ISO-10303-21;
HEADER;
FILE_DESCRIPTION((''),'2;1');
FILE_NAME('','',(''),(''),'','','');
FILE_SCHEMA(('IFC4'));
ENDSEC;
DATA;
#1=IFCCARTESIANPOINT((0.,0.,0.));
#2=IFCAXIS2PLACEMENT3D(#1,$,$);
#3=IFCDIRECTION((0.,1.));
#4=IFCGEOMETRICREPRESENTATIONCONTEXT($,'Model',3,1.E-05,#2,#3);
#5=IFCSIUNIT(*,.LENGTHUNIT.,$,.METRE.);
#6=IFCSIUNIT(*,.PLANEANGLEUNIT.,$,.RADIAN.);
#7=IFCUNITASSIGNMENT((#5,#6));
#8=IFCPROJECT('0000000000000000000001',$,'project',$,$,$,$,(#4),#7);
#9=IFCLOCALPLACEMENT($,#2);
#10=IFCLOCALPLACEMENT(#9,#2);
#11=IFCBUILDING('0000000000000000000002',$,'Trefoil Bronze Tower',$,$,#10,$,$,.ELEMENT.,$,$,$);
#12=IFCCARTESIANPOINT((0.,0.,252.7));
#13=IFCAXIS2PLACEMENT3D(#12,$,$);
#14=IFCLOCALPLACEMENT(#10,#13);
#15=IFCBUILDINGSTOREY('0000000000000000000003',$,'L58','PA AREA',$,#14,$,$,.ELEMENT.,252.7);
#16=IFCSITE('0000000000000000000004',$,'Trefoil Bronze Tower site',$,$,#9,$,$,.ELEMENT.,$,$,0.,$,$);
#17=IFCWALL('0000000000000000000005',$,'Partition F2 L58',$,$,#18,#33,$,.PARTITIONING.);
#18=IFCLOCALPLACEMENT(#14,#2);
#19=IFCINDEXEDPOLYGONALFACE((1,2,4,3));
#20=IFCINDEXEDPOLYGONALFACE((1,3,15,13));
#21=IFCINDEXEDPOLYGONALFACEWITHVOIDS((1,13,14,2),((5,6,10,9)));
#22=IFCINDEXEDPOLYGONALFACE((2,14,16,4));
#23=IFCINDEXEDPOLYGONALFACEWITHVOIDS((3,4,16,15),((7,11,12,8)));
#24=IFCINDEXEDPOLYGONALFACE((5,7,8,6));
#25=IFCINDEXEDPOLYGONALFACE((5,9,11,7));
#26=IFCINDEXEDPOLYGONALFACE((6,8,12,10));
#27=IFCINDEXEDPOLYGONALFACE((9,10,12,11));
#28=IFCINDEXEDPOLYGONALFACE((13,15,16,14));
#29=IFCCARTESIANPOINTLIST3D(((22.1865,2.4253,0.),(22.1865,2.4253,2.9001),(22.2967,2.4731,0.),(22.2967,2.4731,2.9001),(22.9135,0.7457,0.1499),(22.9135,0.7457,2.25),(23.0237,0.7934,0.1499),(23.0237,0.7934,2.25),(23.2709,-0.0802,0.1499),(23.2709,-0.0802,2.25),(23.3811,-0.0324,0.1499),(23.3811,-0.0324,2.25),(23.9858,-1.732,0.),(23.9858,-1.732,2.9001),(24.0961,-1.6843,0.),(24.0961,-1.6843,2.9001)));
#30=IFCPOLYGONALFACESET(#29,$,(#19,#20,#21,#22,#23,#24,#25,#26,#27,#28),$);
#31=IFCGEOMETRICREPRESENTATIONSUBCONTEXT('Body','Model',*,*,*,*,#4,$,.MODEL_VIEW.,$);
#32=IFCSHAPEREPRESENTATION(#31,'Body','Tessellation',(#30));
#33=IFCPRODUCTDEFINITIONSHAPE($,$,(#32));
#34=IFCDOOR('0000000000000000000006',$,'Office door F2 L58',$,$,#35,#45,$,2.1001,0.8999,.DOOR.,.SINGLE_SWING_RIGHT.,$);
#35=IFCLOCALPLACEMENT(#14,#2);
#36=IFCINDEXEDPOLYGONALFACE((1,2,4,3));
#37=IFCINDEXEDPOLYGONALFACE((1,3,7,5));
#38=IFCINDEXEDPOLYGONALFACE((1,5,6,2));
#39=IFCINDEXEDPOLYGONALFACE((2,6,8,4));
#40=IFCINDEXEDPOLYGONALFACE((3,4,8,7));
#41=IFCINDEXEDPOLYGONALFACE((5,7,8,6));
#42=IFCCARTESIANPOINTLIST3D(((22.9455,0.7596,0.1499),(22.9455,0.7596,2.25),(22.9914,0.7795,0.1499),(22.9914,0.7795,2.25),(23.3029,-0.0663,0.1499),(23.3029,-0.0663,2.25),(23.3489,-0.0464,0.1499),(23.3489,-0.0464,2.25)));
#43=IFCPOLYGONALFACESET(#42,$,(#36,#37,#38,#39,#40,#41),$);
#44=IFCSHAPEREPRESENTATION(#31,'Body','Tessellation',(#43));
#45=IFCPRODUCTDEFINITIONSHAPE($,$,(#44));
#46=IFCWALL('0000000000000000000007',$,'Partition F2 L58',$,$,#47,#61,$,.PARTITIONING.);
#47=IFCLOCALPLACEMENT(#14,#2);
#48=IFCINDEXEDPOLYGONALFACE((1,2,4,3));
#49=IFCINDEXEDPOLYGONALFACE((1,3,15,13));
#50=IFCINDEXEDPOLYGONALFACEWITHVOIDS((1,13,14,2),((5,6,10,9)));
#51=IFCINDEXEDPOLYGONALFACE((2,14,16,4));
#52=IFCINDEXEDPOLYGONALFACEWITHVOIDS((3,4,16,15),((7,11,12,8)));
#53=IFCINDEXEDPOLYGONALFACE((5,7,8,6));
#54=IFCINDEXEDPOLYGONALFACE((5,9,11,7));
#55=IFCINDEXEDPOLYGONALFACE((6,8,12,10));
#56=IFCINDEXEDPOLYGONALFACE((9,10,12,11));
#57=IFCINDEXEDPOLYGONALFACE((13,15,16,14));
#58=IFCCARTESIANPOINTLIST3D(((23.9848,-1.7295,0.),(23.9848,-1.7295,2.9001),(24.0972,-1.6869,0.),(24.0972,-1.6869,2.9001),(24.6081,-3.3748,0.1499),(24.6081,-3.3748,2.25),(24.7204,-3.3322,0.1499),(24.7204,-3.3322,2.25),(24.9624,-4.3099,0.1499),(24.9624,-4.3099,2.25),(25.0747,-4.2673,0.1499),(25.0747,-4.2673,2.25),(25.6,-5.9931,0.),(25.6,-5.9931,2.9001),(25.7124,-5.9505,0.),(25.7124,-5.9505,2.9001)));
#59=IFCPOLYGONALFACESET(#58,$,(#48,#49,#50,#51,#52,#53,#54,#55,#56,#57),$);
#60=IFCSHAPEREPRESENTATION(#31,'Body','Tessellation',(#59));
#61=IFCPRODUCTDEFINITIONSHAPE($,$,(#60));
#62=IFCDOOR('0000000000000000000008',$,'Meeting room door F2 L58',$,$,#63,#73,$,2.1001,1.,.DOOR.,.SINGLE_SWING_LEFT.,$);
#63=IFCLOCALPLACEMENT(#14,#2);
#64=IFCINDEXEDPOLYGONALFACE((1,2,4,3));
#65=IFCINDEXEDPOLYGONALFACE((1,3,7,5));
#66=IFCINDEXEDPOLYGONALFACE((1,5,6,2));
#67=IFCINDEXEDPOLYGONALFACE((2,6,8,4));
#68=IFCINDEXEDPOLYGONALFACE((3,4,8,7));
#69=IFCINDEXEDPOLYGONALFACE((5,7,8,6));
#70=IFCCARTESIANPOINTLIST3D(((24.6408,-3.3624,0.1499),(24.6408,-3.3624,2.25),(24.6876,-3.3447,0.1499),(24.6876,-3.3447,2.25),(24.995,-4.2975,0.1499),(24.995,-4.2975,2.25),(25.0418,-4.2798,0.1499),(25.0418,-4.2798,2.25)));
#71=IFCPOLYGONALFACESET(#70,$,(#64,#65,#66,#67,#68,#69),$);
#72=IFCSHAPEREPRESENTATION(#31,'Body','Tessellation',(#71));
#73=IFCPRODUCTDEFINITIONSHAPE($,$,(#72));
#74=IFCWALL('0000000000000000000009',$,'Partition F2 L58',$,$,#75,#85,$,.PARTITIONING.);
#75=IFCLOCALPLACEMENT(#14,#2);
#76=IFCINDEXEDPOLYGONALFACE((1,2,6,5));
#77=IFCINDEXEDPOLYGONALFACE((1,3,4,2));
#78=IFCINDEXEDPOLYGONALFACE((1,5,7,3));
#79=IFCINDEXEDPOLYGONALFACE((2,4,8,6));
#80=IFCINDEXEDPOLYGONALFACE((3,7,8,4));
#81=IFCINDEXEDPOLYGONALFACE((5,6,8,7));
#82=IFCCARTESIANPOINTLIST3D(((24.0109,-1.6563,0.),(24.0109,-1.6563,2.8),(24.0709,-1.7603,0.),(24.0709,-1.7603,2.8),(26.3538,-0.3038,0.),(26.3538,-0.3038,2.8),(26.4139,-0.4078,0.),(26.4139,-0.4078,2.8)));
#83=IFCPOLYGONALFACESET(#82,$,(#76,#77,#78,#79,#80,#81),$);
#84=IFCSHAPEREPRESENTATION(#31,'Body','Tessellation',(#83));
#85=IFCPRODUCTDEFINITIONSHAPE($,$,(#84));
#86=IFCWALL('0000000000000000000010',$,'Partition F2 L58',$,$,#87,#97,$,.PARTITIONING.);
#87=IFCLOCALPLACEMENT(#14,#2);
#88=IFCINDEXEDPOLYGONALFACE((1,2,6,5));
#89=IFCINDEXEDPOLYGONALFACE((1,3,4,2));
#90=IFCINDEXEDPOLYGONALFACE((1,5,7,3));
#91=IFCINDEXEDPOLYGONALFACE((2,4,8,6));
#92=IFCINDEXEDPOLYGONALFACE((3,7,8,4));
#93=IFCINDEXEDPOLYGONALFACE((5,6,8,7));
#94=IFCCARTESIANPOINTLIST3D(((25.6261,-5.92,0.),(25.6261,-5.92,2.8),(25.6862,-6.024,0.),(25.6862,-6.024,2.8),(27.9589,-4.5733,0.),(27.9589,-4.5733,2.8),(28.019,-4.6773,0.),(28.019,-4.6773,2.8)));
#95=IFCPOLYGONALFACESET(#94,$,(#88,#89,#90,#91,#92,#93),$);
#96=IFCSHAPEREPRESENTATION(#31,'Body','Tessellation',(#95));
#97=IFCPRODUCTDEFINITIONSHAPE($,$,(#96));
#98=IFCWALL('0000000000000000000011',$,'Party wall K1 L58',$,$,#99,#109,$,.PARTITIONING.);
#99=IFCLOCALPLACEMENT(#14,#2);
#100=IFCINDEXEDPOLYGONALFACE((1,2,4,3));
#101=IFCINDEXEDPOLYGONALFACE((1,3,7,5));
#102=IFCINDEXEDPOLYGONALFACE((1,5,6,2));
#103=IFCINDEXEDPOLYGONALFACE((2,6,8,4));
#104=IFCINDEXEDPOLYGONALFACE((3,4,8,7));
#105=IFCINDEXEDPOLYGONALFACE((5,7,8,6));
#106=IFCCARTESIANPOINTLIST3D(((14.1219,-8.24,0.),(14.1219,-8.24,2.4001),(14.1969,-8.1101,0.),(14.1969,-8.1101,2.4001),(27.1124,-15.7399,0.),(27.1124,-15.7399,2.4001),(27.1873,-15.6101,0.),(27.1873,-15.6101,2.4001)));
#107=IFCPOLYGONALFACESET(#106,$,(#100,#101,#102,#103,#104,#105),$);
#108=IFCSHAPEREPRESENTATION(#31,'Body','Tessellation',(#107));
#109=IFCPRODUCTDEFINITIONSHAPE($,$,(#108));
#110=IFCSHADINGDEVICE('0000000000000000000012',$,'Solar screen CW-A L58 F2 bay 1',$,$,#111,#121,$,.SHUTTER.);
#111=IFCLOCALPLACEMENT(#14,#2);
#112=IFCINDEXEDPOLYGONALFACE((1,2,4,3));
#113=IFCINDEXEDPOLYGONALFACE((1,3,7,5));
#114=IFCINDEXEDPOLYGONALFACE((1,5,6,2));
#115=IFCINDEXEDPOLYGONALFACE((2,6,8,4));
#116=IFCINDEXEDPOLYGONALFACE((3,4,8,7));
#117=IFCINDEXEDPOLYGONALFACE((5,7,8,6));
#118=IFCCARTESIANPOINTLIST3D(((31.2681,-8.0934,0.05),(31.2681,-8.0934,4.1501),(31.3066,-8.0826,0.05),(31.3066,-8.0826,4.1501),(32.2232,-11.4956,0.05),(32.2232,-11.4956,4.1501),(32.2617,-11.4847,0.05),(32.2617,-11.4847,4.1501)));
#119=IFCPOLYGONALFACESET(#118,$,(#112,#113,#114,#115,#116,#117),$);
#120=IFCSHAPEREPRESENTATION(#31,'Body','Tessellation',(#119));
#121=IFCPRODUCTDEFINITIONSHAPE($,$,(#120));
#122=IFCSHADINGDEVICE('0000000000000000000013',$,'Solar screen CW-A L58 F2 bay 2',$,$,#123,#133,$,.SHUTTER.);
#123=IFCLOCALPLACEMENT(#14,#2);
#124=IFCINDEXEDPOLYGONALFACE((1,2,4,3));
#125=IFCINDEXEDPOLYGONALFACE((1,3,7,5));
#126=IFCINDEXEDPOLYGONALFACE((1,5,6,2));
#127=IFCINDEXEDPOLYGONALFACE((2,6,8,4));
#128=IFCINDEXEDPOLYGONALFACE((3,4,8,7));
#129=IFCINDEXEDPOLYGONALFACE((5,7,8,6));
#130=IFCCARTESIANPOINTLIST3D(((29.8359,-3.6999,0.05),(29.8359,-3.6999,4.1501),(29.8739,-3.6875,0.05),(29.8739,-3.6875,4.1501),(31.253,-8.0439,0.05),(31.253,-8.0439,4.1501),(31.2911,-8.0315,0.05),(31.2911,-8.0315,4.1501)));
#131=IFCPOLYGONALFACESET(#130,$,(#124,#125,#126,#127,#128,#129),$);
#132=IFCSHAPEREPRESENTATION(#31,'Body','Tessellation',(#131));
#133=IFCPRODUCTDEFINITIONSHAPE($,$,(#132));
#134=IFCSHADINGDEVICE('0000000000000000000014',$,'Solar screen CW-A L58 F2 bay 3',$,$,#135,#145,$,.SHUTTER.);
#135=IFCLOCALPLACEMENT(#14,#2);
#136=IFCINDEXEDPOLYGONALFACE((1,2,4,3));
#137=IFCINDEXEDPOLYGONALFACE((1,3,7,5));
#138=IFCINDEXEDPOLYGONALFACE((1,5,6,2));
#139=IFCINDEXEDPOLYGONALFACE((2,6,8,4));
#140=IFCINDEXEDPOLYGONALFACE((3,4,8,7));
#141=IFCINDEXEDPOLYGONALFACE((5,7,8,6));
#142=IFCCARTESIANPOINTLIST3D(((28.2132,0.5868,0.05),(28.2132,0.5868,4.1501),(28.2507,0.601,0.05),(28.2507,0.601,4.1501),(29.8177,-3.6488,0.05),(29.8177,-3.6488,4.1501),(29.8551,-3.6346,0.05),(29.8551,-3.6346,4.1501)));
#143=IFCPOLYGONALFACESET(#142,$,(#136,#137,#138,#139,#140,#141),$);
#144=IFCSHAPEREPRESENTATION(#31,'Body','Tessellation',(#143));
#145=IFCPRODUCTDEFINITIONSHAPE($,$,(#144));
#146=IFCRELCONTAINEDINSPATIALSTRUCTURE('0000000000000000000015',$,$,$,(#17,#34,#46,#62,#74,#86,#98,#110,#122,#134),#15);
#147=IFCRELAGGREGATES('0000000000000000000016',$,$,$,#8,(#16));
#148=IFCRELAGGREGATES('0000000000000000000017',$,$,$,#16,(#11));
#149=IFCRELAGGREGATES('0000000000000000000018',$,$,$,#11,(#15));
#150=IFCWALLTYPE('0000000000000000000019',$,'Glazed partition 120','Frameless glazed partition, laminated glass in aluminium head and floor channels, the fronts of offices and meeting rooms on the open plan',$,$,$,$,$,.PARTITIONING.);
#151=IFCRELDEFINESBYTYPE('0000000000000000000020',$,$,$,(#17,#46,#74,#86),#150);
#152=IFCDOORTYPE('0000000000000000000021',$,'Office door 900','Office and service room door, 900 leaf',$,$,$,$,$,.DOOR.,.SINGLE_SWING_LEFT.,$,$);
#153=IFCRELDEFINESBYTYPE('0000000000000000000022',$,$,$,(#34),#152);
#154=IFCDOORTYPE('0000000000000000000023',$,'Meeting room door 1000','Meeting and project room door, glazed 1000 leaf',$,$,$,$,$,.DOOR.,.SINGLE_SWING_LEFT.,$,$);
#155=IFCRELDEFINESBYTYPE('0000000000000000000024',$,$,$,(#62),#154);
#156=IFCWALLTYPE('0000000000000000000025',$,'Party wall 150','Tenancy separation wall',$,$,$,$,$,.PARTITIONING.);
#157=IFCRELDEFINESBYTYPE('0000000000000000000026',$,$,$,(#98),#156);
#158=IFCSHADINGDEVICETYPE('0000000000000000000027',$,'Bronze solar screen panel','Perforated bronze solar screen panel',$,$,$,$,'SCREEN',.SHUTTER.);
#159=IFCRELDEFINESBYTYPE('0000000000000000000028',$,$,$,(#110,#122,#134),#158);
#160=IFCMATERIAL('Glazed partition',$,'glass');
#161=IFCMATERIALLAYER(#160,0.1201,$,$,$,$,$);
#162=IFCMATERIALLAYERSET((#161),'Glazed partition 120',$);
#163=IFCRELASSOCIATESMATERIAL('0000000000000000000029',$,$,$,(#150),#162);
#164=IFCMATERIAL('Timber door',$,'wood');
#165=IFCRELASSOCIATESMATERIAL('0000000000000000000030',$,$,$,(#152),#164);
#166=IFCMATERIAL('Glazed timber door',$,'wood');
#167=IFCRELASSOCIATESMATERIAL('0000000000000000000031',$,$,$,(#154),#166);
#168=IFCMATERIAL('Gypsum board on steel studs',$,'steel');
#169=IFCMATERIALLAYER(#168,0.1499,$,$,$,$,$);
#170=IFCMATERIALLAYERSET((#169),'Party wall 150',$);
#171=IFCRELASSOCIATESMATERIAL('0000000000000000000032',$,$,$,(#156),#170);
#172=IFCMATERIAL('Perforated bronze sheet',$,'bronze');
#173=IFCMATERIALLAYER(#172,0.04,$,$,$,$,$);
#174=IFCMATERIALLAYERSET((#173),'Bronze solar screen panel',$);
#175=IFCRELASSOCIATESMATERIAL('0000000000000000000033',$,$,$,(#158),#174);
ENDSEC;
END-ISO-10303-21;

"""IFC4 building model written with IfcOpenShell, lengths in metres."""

from ifc_helpers import new_model, si_unit, direction, frame, frame_2d, origin, origin_2d, place, context, subcontext, project, spatial, rectangle, extrude, material, layer, layer_set, type_object, element, fill, save


model = new_model("IFC4")

# Units and contexts
model_context = context("Model", 3, precision=1e-05, world=origin(), true_north=direction((0.0, 1.0)))
body_context = subcontext(model_context, "Body", "Model", "MODEL_VIEW")
ifc_project = project(units=[si_unit("LENGTHUNIT", "METRE"), si_unit("PLANEANGLEUNIT", "RADIAN")], contexts=[model_context])

# Site, building, storey
site_placement = place(None, origin())
site = spatial("IfcSite", under=ifc_project, at=site_placement, Name="Trefoil Bronze Tower site", CompositionType="ELEMENT", RefElevation=0.0)
building_placement = place(site_placement, origin())
building = spatial("IfcBuilding", under=site, at=building_placement, Name="Trefoil Bronze Tower", CompositionType="ELEMENT")
storey_placement = place(building_placement, frame((0.0, 0.0, 252.7)))
storey = spatial("IfcBuildingStorey", under=building, at=storey_placement, Name="L58", Description="PA AREA", CompositionType="ELEMENT", Elevation=252.7)

# Walls, openings, doors
ifc_material_1 = material(Name="Glazed partition", Category="glass")
ifc_layer_1 = layer(ifc_material_1, 0.1201)
ifc_layer_set_1 = layer_set([ifc_layer_1], Name="Glazed partition 120")
wall_type_1 = type_object("IfcWallType", Name="Glazed partition 120", Description="Frameless glazed partition, laminated glass in aluminium head and floor channels, the fronts of offices and meeting rooms on the open plan", PredefinedType="PARTITIONING", material=ifc_layer_set_1)
wall_1_placement = place(storey_placement, frame((24.041, -1.7083, 0.0), z_axis=(0.0, 0.0, 1.0), x_axis=(-0.397208, 0.917729, 0.0)))
wall_1 = element("IfcWall", 1, at=wall_1_placement, inside=storey, type_object=wall_type_1, Name="Partition F2 L58", PredefinedType="PARTITIONING", context=body_context, shape_type="SweptSolid", body=[
    extrude(rectangle(XDim=4.53, YDim=0.1201, at=frame_2d((2.2651, 0.0))), origin(), (0.0, 0.0, 1.0), 2.9001),
])
opening_1_placement = place(wall_1_placement, frame((1.8, 0.0, 0.1499)))
opening_1 = element("IfcOpeningElement", 2, at=opening_1_placement, cuts=wall_1, PredefinedType="OPENING", context=body_context, shape_type="SweptSolid", body=[
    extrude(rectangle(XDim=0.8999, YDim=2.1001, at=frame_2d((0.45, 1.05))), frame((0.0, 0.0701, 0.0), z_axis=(0.0, -1.0, 0.0), x_axis=(1.0, 0.0, 0.0)), (0.0, 0.0, 1.0), 0.1401),
])
ifc_material_2 = material(Name="Timber door", Category="wood")
door_type_1 = type_object("IfcDoorType", Name="Office door 900", Description="Office and service room door, 900 leaf", OperationType="SINGLE_SWING_LEFT", PredefinedType="DOOR", material=ifc_material_2)
door_1_placement = place(opening_1_placement, frame((0.8999, 0.0, 0.0), z_axis=(0.0, 0.0, 1.0), x_axis=(-1.0, 0.0, 0.0)))
door_1 = element("IfcDoor", 3, at=door_1_placement, inside=storey, type_object=door_type_1, Name="Office door F2 L58", OperationType="SINGLE_SWING_RIGHT", OverallHeight=2.1001, OverallWidth=0.8999, PredefinedType="DOOR", context=body_context, shape_type="SweptSolid", body=[
    extrude(rectangle(XDim=0.8999, YDim=2.1001, at=frame_2d((0.45, 1.05))), frame((0.0, 0.0249, 0.0), z_axis=(0.0, -1.0, 0.0), x_axis=(1.0, 0.0, 0.0)), (0.0, 0.0, 1.0), 0.05),
])
fill(opening_1, door_1)
wall_2_placement = place(storey_placement, frame((25.6562, -5.9719, 0.0), z_axis=(0.0, 0.0, 1.0), x_axis=(-0.354267, 0.935144, 0.0)))
wall_2 = element("IfcWall", 4, at=wall_2_placement, inside=storey, type_object=wall_type_1, Name="Partition F2 L58", PredefinedType="PARTITIONING", context=body_context, shape_type="SweptSolid", body=[
    extrude(rectangle(XDim=4.5593, YDim=0.1201, at=frame_2d((2.2798, 0.0))), origin(), (0.0, 0.0, 1.0), 2.9001),
])
opening_2_placement = place(wall_2_placement, frame((1.8, 0.0, 0.1499)))
opening_2 = element("IfcOpeningElement", 5, at=opening_2_placement, cuts=wall_2, PredefinedType="OPENING", context=body_context, shape_type="SweptSolid", body=[
    extrude(rectangle(XDim=1.0, YDim=2.1001, at=frame_2d((0.5, 1.05))), frame((0.0, 0.0701, 0.0), z_axis=(0.0, -1.0, 0.0), x_axis=(1.0, 0.0, 0.0)), (0.0, 0.0, 1.0), 0.1401),
])
ifc_material_3 = material(Name="Glazed timber door", Category="wood")
door_type_2 = type_object("IfcDoorType", Name="Meeting room door 1000", Description="Meeting and project room door, glazed 1000 leaf", OperationType="SINGLE_SWING_LEFT", PredefinedType="DOOR", material=ifc_material_3)
door_2_placement = place(opening_2_placement, frame((1.0, 0.0, 0.0), z_axis=(0.0, 0.0, 1.0), x_axis=(-1.0, 0.0, 0.0)))
door_2 = element("IfcDoor", 6, at=door_2_placement, inside=storey, type_object=door_type_2, Name="Meeting room door F2 L58", OperationType="SINGLE_SWING_LEFT", OverallHeight=2.1001, OverallWidth=1.0, PredefinedType="DOOR", context=body_context, shape_type="SweptSolid", body=[
    extrude(rectangle(XDim=1.0, YDim=2.1001, at=frame_2d((0.5, 1.05))), frame((0.0, 0.0249, 0.0), z_axis=(0.0, -1.0, 0.0), x_axis=(1.0, 0.0, 0.0)), (0.0, 0.0, 1.0), 0.05),
])
fill(opening_2, door_2)

# Walls
wall_3_placement = place(storey_placement, frame((24.041, -1.7083, 0.0), z_axis=(0.0, 0.0, 1.0), x_axis=(0.866058, 0.499944, 0.0)))
element("IfcWall", 7, at=wall_3_placement, inside=storey, type_object=wall_type_1, Name="Partition F2 L58", PredefinedType="PARTITIONING", context=body_context, shape_type="SweptSolid", body=[
    extrude(rectangle(XDim=2.7053, YDim=0.1201, at=frame_2d((1.3525, 0.0))), origin(), (0.0, 0.0, 1.0), 2.8),
])
wall_4_placement = place(storey_placement, frame((25.6562, -5.9719, 0.0), z_axis=(0.0, 0.0, 1.0), x_axis=(0.866048, 0.49996, 0.0)))
element("IfcWall", 8, at=wall_4_placement, inside=storey, type_object=wall_type_1, Name="Partition F2 L58", PredefinedType="PARTITIONING", context=body_context, shape_type="SweptSolid", body=[
    extrude(rectangle(XDim=2.6936, YDim=0.1201, at=frame_2d((1.3467, 0.0))), origin(), (0.0, 0.0, 1.0), 2.8),
])
ifc_material_4 = material(Name="Gypsum board on steel studs", Category="steel")
ifc_layer_2 = layer(ifc_material_4, 0.1499)
ifc_layer_set_2 = layer_set([ifc_layer_2], Name="Party wall 150")
wall_type_2 = type_object("IfcWallType", Name="Party wall 150", Description="Tenancy separation wall", PredefinedType="PARTITIONING", material=ifc_layer_set_2)
wall_5_placement = place(storey_placement, frame((14.1594, -8.175, 0.0), z_axis=(0.0, 0.0, 1.0), x_axis=(0.866027, -0.499997, 0.0)))
element("IfcWall", 9, at=wall_5_placement, inside=storey, type_object=wall_type_2, Name="Party wall K1 L58", PredefinedType="PARTITIONING", context=body_context, shape_type="SweptSolid", body=[
    extrude(rectangle(XDim=15.0, YDim=0.1499, at=frame_2d((7.5, 0.0))), origin(), (0.0, 0.0, 1.0), 2.4001),
])

# Shading devices
ifc_material_5 = material(Name="Perforated bronze sheet", Category="bronze")
ifc_layer_3 = layer(ifc_material_5, 0.04)
ifc_layer_set_3 = layer_set([ifc_layer_3], Name="Bronze solar screen panel")
shading_device_type = type_object("IfcShadingDeviceType", Name="Bronze solar screen panel", Description="Perforated bronze solar screen panel", ElementType="SCREEN", PredefinedType="SHUTTER", material=ifc_layer_set_3)
shading_device_1_placement = place(storey_placement, frame((31.7649, -9.7891, 0.05), z_axis=(0.0, 0.0, 1.0), x_axis=(-0.270282, 0.962781, 0.0)))
element("IfcShadingDevice", 10, at=shading_device_1_placement, inside=storey, type_object=shading_device_type, Name="Solar screen CW-A L58 F2 bay 1", PredefinedType="SHUTTER", context=body_context, shape_type="SweptSolid", body=[
    extrude(rectangle(XDim=3.5337, YDim=0.04, at=origin_2d()), origin(), (0.0, 0.0, 1.0), 4.1001),
])
shading_device_2_placement = place(storey_placement, frame((30.5635, -5.8657, 0.05), z_axis=(0.0, 0.0, 1.0), x_axis=(-0.310149, 0.950688, 0.0)))
element("IfcShadingDevice", 11, at=shading_device_2_placement, inside=storey, type_object=shading_device_type, Name="Solar screen CW-A L58 F2 bay 2", PredefinedType="SHUTTER", context=body_context, shape_type="SweptSolid", body=[
    extrude(rectangle(XDim=4.5693, YDim=0.04, at=origin_2d()), origin(), (0.0, 0.0, 1.0), 4.1001),
])
shading_device_3_placement = place(storey_placement, frame((29.0342, -1.5239, 0.05), z_axis=(0.0, 0.0, 1.0), x_axis=(-0.354234, 0.935157, 0.0)))
element("IfcShadingDevice", 12, at=shading_device_3_placement, inside=storey, type_object=shading_device_type, Name="Solar screen CW-A L58 F2 bay 3", PredefinedType="SHUTTER", context=body_context, shape_type="SweptSolid", body=[
    extrude(rectangle(XDim=4.5293, YDim=0.04, at=origin_2d()), origin(), (0.0, 0.0, 1.0), 4.1001),
])

save(model, "model.ifc")
